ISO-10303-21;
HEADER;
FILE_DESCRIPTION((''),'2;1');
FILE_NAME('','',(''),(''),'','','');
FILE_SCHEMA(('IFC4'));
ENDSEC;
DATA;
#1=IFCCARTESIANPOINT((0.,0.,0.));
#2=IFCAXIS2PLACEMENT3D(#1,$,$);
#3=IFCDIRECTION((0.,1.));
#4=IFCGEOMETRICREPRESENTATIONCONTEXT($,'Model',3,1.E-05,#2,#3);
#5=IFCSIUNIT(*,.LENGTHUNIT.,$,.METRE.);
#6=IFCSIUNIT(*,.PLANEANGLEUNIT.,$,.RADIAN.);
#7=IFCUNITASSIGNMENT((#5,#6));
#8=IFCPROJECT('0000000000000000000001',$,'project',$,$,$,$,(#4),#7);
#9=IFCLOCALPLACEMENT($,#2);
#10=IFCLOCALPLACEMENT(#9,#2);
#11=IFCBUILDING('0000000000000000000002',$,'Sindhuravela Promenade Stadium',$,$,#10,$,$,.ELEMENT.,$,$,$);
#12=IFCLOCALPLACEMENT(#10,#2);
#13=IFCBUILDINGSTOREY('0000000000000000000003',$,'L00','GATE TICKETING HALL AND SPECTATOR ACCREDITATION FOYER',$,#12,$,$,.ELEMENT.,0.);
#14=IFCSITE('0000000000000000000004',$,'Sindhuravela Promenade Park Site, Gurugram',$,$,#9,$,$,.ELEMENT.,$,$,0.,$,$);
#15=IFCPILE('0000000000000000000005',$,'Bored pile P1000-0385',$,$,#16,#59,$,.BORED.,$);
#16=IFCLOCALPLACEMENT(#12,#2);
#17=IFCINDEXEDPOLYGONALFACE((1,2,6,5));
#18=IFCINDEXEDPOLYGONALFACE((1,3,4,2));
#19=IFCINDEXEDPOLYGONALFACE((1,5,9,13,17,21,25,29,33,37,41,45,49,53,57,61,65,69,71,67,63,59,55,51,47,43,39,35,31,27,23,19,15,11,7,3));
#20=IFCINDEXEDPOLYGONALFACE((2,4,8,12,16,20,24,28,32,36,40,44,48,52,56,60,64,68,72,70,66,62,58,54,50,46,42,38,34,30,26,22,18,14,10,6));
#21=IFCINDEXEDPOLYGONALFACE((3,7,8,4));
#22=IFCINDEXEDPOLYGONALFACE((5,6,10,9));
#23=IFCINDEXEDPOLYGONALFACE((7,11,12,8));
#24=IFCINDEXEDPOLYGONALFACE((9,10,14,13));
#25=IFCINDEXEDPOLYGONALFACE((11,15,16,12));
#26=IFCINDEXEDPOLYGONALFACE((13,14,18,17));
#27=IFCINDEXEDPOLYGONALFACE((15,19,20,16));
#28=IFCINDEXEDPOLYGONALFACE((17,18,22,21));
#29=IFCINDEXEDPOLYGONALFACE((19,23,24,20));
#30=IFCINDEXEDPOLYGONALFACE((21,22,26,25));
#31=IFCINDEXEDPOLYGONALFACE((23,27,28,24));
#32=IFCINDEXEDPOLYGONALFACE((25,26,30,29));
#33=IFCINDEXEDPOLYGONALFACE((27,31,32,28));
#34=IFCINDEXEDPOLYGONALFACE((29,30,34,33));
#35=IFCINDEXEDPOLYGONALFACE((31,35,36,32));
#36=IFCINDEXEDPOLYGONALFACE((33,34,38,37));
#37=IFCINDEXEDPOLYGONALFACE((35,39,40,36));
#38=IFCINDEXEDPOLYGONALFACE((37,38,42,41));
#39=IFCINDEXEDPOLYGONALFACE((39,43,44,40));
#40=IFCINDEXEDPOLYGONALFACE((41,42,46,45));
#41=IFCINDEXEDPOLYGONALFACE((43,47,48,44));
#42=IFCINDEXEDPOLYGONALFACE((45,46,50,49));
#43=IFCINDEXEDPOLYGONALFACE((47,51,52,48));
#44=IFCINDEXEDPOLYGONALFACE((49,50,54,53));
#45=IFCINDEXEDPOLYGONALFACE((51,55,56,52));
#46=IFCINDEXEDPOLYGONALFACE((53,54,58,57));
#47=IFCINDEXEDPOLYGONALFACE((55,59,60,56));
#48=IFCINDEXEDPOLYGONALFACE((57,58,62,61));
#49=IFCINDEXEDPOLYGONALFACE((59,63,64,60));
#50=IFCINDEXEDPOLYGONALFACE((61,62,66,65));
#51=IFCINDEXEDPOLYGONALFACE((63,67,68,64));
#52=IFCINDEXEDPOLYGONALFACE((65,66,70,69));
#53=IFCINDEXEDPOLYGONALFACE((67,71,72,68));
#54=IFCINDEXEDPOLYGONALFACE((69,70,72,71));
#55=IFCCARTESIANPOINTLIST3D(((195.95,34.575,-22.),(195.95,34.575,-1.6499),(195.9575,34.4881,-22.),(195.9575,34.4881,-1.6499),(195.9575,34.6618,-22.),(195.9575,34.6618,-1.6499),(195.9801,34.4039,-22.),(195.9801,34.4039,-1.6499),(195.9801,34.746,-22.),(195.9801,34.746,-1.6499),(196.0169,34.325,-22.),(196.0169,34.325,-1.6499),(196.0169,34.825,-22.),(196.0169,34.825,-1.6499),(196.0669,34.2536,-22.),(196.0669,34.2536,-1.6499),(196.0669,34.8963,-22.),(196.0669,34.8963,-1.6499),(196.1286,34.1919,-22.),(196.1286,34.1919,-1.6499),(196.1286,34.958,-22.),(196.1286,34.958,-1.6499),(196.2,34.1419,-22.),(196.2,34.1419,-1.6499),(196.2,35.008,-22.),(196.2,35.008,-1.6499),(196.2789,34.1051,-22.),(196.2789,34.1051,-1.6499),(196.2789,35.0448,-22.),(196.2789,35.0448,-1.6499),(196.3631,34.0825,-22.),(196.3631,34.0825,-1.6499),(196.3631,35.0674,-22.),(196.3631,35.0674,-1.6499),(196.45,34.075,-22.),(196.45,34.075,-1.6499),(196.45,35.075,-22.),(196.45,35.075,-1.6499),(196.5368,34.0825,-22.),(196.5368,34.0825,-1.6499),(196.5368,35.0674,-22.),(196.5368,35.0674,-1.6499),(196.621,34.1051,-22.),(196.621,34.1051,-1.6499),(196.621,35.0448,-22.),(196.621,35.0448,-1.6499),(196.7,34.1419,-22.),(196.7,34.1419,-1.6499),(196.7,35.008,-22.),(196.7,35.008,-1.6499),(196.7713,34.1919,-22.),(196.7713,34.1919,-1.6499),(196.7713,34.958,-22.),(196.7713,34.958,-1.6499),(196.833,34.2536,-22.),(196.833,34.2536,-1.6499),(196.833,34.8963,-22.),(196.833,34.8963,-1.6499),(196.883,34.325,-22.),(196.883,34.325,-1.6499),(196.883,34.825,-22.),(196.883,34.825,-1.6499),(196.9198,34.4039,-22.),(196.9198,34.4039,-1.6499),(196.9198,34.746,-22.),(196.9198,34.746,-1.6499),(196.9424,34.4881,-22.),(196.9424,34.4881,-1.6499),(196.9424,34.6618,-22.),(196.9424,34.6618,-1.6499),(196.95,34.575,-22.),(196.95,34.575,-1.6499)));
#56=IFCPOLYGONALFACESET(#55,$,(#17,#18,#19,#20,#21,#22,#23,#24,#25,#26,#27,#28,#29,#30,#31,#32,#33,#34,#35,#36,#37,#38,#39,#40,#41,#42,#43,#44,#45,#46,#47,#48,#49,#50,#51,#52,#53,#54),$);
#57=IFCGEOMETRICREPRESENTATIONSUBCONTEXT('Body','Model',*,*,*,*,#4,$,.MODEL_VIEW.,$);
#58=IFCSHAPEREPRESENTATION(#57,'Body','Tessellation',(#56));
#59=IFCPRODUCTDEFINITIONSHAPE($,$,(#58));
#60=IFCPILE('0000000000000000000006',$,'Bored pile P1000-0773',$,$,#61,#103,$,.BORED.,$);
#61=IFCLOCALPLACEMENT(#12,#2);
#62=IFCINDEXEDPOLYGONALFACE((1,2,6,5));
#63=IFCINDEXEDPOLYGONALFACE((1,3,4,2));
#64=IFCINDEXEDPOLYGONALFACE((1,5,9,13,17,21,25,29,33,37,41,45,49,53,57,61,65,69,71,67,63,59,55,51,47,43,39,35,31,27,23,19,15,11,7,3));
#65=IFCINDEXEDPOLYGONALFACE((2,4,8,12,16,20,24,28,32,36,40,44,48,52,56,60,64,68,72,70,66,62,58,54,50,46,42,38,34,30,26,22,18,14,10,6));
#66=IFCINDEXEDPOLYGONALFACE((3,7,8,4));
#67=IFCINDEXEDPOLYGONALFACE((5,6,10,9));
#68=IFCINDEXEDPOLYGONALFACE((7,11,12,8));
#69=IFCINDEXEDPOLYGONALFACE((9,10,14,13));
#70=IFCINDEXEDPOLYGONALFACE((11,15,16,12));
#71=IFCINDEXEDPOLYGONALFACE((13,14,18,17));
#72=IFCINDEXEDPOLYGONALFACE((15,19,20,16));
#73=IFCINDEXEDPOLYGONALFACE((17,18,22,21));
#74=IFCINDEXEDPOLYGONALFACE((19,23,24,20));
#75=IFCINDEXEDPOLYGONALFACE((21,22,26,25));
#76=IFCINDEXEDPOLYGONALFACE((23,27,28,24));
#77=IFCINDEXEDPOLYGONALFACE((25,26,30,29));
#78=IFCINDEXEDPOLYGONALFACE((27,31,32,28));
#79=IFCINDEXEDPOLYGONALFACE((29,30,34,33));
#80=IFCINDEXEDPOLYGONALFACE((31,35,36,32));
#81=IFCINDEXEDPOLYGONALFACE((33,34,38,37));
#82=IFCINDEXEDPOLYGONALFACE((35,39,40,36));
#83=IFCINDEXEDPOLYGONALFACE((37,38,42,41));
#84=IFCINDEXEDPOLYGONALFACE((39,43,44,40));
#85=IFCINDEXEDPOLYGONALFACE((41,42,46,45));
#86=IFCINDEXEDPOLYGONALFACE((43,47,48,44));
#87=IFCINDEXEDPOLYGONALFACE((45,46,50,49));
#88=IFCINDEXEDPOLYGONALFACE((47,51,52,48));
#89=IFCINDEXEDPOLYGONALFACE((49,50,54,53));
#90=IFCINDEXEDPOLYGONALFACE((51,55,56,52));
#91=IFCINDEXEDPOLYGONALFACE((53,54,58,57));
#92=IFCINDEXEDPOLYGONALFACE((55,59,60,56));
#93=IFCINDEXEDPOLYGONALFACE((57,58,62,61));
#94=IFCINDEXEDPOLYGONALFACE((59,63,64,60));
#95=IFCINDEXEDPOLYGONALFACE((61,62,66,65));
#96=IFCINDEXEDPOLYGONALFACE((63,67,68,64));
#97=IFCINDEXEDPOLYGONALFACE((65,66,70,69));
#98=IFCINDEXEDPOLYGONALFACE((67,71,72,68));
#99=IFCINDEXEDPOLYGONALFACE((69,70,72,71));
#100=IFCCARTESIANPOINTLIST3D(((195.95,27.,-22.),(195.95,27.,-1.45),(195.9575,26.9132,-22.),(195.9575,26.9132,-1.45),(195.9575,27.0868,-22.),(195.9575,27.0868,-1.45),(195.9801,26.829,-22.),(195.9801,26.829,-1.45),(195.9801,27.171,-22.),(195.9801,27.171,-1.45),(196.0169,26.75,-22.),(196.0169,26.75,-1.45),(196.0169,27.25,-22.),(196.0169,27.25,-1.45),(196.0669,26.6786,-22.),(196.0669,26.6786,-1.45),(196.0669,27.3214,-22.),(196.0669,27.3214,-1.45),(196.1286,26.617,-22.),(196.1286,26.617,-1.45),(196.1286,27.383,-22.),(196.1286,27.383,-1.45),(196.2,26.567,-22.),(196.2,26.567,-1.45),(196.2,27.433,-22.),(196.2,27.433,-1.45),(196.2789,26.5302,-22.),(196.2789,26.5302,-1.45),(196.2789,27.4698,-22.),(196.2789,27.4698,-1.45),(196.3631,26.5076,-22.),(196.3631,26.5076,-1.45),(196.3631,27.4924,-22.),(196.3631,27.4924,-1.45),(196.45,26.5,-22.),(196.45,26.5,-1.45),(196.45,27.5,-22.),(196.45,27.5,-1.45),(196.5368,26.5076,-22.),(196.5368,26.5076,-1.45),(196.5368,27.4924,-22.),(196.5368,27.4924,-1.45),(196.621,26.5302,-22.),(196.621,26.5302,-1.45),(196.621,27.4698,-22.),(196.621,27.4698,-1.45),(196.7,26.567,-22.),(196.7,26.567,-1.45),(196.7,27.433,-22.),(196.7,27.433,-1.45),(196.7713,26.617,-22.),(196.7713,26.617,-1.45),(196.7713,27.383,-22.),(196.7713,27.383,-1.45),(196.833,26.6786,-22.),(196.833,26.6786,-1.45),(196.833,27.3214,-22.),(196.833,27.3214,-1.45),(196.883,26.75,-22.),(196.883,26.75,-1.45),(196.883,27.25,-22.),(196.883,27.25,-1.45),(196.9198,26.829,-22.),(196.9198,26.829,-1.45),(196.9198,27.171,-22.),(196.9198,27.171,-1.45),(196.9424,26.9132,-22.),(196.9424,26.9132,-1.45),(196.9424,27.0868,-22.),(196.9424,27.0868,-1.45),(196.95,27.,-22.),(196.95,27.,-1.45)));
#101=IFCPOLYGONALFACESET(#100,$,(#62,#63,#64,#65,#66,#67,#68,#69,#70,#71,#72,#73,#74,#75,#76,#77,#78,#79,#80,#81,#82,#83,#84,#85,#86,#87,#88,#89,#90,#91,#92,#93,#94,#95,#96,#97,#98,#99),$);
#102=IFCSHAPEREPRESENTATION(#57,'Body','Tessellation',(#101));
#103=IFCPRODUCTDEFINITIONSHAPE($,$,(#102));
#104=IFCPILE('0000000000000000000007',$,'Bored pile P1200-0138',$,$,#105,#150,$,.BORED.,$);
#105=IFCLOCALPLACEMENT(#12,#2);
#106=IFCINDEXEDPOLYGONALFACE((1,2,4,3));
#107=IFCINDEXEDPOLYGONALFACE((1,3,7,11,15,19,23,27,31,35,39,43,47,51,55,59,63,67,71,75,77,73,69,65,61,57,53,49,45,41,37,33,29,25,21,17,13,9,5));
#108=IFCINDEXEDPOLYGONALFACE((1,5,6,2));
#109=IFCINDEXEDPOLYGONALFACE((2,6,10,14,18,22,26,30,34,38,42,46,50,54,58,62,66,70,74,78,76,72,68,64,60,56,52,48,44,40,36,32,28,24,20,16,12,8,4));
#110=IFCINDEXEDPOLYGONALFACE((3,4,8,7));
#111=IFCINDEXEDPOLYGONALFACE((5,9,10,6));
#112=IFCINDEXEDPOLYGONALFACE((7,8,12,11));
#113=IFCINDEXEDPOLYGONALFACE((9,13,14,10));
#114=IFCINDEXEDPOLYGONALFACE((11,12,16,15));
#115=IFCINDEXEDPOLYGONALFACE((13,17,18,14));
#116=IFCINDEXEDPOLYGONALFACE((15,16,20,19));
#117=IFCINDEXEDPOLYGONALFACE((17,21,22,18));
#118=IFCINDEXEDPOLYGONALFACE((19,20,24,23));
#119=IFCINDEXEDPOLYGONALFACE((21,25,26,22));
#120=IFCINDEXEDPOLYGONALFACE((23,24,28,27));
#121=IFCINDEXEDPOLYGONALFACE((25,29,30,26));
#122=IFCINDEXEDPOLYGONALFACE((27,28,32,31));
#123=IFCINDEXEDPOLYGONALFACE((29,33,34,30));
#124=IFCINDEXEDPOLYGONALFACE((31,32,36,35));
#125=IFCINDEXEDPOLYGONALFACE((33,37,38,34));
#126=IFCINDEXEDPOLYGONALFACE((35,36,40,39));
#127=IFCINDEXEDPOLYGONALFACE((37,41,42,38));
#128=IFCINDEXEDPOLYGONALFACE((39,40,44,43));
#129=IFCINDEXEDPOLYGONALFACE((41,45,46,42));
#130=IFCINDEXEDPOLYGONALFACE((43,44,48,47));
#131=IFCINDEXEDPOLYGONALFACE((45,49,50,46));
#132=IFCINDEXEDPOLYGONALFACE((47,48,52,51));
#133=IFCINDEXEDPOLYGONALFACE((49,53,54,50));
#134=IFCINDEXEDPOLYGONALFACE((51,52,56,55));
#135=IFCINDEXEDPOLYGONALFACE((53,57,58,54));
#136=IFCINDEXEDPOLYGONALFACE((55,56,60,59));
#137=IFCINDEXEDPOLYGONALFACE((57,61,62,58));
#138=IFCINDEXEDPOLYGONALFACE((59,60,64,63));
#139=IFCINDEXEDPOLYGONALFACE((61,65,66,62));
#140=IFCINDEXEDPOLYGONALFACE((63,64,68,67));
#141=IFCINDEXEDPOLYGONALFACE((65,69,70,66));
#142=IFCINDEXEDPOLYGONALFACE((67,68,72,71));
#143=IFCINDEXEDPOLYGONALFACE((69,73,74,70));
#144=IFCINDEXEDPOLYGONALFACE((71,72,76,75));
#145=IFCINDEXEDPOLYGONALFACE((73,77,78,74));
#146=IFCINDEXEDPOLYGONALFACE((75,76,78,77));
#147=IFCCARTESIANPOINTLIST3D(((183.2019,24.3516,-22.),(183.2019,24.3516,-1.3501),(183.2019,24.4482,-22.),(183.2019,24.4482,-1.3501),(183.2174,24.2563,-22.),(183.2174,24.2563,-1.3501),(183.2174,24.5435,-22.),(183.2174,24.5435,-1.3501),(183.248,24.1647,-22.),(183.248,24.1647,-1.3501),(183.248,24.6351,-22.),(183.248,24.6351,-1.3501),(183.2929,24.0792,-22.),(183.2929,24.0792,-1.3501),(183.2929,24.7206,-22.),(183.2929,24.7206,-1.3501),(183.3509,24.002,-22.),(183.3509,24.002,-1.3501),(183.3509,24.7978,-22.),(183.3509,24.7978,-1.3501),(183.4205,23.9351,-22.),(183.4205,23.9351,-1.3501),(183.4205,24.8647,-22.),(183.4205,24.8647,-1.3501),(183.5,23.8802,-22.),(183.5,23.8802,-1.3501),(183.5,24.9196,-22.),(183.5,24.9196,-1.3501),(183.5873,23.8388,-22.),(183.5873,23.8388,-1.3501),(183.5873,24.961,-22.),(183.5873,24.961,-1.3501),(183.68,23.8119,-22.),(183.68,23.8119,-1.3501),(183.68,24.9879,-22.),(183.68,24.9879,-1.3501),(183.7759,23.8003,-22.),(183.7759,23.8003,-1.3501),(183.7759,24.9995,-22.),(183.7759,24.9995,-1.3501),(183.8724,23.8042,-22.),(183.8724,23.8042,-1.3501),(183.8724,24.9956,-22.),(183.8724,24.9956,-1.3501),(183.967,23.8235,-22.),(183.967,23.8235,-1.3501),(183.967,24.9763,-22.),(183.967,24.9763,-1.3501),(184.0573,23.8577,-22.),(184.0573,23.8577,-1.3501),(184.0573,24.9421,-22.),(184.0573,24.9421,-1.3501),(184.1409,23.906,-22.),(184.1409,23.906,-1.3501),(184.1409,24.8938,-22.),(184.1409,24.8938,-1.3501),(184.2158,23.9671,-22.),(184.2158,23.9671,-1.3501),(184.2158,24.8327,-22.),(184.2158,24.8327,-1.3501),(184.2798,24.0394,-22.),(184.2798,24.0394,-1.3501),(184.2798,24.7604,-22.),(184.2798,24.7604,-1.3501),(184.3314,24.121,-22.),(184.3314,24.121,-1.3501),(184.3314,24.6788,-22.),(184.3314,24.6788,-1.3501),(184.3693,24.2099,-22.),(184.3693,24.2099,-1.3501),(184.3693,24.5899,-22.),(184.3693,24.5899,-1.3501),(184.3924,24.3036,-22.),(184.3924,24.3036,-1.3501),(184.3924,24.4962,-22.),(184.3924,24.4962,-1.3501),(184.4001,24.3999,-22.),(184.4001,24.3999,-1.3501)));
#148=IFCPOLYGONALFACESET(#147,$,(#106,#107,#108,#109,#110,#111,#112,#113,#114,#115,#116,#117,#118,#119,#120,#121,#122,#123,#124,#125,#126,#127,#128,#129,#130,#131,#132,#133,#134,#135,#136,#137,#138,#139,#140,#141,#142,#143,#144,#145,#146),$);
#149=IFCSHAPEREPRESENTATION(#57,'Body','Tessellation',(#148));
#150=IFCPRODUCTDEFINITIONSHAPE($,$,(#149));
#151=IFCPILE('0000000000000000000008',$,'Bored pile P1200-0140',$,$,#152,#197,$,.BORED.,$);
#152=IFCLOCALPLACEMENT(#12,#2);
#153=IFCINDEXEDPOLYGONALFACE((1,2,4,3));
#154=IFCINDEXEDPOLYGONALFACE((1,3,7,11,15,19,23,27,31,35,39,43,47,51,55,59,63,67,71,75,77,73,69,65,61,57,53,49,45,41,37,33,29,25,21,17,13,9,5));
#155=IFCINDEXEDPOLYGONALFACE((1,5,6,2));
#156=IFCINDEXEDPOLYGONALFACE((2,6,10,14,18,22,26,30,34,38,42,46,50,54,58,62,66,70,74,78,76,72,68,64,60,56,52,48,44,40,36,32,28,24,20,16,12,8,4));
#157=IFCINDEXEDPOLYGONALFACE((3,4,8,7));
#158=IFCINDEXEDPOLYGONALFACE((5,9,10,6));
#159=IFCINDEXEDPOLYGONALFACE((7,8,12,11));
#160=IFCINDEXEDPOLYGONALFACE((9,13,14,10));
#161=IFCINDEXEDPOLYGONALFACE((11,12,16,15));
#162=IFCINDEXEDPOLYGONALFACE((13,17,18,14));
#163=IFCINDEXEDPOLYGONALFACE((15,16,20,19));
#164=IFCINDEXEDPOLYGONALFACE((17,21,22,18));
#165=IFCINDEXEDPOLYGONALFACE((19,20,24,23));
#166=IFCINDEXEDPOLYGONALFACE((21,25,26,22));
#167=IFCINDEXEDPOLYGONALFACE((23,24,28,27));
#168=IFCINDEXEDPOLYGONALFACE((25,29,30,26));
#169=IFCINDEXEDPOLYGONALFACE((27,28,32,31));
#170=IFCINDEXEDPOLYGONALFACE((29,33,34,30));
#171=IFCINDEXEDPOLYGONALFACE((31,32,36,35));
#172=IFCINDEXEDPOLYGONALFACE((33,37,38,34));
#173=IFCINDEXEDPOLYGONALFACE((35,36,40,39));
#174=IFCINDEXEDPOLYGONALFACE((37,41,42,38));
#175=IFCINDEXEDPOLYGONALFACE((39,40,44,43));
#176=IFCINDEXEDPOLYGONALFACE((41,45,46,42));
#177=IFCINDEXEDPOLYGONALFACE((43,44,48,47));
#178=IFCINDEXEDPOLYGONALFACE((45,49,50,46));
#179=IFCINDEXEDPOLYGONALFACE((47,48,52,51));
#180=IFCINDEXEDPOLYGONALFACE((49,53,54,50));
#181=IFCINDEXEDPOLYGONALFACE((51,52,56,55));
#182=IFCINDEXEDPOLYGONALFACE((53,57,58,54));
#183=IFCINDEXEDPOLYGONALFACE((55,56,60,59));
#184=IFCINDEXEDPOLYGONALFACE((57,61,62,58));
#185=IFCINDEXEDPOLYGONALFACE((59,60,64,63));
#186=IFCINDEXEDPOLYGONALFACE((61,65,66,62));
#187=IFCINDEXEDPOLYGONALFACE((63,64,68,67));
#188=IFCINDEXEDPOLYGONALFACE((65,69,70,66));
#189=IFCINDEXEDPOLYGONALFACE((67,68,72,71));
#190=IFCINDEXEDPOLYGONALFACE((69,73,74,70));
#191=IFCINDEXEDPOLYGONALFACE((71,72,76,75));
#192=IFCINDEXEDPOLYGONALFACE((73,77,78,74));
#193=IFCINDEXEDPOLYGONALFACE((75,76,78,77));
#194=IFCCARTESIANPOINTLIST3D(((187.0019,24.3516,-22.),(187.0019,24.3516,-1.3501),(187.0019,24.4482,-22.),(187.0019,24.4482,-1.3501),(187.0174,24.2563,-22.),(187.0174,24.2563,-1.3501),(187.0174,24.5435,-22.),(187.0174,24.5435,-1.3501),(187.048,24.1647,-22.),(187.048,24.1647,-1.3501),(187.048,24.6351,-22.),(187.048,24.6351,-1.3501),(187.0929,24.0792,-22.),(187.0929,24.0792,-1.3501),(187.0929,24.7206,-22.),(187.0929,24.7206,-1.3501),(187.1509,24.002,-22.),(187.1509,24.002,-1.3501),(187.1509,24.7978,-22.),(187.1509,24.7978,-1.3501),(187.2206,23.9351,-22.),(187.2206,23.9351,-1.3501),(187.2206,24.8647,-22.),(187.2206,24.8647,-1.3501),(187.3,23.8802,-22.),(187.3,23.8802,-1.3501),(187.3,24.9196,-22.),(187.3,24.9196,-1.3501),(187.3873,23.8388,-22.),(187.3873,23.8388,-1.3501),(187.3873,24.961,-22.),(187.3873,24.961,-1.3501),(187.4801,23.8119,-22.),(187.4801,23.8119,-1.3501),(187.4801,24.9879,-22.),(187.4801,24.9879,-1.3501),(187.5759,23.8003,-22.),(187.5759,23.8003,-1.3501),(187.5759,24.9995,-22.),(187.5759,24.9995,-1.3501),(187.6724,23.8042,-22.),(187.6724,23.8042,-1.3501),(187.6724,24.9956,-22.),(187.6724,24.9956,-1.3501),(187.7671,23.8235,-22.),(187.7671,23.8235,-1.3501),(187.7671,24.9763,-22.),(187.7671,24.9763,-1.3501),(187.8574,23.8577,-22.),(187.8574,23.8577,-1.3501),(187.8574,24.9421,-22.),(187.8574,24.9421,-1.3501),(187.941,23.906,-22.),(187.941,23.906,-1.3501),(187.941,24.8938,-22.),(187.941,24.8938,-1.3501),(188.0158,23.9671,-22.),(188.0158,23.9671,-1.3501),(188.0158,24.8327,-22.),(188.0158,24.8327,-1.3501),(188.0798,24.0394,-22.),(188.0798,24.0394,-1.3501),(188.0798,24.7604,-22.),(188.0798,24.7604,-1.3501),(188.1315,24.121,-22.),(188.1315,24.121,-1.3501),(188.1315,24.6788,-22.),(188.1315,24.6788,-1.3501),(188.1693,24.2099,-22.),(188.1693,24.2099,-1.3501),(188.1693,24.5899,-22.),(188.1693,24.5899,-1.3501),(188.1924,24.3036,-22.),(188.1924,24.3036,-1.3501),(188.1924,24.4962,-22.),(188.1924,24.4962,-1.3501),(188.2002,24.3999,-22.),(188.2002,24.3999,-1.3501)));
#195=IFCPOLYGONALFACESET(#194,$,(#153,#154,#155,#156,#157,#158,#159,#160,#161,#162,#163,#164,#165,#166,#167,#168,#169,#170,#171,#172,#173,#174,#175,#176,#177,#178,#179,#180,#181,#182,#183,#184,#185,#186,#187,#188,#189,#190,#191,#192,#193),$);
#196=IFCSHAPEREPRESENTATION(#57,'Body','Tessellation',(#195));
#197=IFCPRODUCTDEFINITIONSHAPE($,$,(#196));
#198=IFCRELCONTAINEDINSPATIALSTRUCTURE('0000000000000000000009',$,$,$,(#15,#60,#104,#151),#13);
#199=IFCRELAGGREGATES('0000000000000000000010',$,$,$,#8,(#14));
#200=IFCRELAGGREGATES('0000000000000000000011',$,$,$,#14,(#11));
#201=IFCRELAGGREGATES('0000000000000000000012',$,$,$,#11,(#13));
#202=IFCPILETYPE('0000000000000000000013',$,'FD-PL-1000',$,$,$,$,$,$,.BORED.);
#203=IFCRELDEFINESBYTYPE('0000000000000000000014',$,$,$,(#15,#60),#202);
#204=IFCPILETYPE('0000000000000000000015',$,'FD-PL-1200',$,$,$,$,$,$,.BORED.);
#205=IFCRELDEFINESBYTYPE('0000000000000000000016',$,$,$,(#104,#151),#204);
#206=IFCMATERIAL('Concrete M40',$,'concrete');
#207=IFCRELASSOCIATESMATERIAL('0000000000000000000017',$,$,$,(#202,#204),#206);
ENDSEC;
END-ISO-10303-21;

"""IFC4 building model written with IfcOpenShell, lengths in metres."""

from ifc_helpers import new_model, si_unit, direction, frame, origin, origin_2d, place, context, subcontext, project, spatial, circle, extrude, material, material_profile, profile_set, type_object, element, save


model = new_model("IFC4")

# Units and contexts
model_context = context("Model", 3, precision=1e-05, world=origin(), true_north=direction((0.0, 1.0)))
body_context = subcontext(model_context, "Body", "Model", "MODEL_VIEW")
ifc_project = project(units=[si_unit("LENGTHUNIT", "METRE"), si_unit("PLANEANGLEUNIT", "RADIAN")], contexts=[model_context])

# Site, building, storey
site_placement = place(None, origin())
site = spatial("IfcSite", under=ifc_project, at=site_placement, Name="Sindhuravela Promenade Park Site, Gurugram", CompositionType="ELEMENT", RefElevation=0.0)
building_placement = place(site_placement, origin())
building = spatial("IfcBuilding", under=site, at=building_placement, Name="Sindhuravela Promenade Stadium", CompositionType="ELEMENT")
storey_placement = place(building_placement, origin())
storey = spatial("IfcBuildingStorey", under=building, at=storey_placement, Name="L00", Description="GATE TICKETING HALL AND SPECTATOR ACCREDITATION FOYER", CompositionType="ELEMENT", Elevation=0.0)

# Piles
ifc_material_1 = material(Name="Concrete M40", Category="concrete")
ifc_material_profile_1 = material_profile(ifc_material_1, circle(Radius=0.5, at=origin_2d()), Name="BORED PILE D1000")
ifc_profile_set_1 = profile_set([ifc_material_profile_1], Name="Concrete M40")
pile_type_1 = type_object("IfcPileType", Name="FD-PL-1000", PredefinedType="BORED", material=ifc_profile_set_1)
for number, where, z_axis, x_axis, name in (
    (1, (196.45, 34.575, -1.6499), (0.0, 0.0, -1.0), (1.0, 0.0, 0.0), "Bored pile P1000-0385"),
):
    element("IfcPile", number, at=place(storey_placement, frame(where, z_axis=z_axis, x_axis=x_axis)), inside=storey, type_object=pile_type_1, Name=name, PredefinedType="BORED", context=body_context, shape_type="SweptSolid", body=[
        extrude(circle(Radius=0.5, at=origin_2d()), origin(), (0.0, 0.0, 1.0), 20.3501),
    ])
pile_placement = place(storey_placement, frame((196.45, 27.0, -1.45), z_axis=(0.0, 0.0, -1.0), x_axis=(1.0, 0.0, 0.0)))
element("IfcPile", 2, at=pile_placement, inside=storey, type_object=pile_type_1, Name="Bored pile P1000-0773", PredefinedType="BORED", context=body_context, shape_type="SweptSolid", body=[
    extrude(circle(Radius=0.5, at=origin_2d()), origin(), (0.0, 0.0, 1.0), 20.55),
])
ifc_material_profile_2 = material_profile(ifc_material_1, circle(Radius=0.6001, at=origin_2d()), Name="BORED PILE D1200")
ifc_profile_set_2 = profile_set([ifc_material_profile_2], Name="Concrete M40")
pile_type_2 = type_object("IfcPileType", Name="FD-PL-1200", PredefinedType="BORED", material=ifc_profile_set_2)
for number, where, z_axis, x_axis, name in (
    (3, (183.8, 24.3999, -1.3501), (0.0, 0.0, -1.0), (1.0, 0.0, 0.0), "Bored pile P1200-0138"),
    (4, (187.6001, 24.3999, -1.3501), (0.0, 0.0, -1.0), (1.0, 0.0, 0.0), "Bored pile P1200-0140"),
):
    element("IfcPile", number, at=place(storey_placement, frame(where, z_axis=z_axis, x_axis=x_axis)), inside=storey, type_object=pile_type_2, Name=name, PredefinedType="BORED", context=body_context, shape_type="SweptSolid", body=[
        extrude(circle(Radius=0.6001, at=origin_2d()), origin(), (0.0, 0.0, 1.0), 20.6499),
    ])

save(model, "model.ifc")
